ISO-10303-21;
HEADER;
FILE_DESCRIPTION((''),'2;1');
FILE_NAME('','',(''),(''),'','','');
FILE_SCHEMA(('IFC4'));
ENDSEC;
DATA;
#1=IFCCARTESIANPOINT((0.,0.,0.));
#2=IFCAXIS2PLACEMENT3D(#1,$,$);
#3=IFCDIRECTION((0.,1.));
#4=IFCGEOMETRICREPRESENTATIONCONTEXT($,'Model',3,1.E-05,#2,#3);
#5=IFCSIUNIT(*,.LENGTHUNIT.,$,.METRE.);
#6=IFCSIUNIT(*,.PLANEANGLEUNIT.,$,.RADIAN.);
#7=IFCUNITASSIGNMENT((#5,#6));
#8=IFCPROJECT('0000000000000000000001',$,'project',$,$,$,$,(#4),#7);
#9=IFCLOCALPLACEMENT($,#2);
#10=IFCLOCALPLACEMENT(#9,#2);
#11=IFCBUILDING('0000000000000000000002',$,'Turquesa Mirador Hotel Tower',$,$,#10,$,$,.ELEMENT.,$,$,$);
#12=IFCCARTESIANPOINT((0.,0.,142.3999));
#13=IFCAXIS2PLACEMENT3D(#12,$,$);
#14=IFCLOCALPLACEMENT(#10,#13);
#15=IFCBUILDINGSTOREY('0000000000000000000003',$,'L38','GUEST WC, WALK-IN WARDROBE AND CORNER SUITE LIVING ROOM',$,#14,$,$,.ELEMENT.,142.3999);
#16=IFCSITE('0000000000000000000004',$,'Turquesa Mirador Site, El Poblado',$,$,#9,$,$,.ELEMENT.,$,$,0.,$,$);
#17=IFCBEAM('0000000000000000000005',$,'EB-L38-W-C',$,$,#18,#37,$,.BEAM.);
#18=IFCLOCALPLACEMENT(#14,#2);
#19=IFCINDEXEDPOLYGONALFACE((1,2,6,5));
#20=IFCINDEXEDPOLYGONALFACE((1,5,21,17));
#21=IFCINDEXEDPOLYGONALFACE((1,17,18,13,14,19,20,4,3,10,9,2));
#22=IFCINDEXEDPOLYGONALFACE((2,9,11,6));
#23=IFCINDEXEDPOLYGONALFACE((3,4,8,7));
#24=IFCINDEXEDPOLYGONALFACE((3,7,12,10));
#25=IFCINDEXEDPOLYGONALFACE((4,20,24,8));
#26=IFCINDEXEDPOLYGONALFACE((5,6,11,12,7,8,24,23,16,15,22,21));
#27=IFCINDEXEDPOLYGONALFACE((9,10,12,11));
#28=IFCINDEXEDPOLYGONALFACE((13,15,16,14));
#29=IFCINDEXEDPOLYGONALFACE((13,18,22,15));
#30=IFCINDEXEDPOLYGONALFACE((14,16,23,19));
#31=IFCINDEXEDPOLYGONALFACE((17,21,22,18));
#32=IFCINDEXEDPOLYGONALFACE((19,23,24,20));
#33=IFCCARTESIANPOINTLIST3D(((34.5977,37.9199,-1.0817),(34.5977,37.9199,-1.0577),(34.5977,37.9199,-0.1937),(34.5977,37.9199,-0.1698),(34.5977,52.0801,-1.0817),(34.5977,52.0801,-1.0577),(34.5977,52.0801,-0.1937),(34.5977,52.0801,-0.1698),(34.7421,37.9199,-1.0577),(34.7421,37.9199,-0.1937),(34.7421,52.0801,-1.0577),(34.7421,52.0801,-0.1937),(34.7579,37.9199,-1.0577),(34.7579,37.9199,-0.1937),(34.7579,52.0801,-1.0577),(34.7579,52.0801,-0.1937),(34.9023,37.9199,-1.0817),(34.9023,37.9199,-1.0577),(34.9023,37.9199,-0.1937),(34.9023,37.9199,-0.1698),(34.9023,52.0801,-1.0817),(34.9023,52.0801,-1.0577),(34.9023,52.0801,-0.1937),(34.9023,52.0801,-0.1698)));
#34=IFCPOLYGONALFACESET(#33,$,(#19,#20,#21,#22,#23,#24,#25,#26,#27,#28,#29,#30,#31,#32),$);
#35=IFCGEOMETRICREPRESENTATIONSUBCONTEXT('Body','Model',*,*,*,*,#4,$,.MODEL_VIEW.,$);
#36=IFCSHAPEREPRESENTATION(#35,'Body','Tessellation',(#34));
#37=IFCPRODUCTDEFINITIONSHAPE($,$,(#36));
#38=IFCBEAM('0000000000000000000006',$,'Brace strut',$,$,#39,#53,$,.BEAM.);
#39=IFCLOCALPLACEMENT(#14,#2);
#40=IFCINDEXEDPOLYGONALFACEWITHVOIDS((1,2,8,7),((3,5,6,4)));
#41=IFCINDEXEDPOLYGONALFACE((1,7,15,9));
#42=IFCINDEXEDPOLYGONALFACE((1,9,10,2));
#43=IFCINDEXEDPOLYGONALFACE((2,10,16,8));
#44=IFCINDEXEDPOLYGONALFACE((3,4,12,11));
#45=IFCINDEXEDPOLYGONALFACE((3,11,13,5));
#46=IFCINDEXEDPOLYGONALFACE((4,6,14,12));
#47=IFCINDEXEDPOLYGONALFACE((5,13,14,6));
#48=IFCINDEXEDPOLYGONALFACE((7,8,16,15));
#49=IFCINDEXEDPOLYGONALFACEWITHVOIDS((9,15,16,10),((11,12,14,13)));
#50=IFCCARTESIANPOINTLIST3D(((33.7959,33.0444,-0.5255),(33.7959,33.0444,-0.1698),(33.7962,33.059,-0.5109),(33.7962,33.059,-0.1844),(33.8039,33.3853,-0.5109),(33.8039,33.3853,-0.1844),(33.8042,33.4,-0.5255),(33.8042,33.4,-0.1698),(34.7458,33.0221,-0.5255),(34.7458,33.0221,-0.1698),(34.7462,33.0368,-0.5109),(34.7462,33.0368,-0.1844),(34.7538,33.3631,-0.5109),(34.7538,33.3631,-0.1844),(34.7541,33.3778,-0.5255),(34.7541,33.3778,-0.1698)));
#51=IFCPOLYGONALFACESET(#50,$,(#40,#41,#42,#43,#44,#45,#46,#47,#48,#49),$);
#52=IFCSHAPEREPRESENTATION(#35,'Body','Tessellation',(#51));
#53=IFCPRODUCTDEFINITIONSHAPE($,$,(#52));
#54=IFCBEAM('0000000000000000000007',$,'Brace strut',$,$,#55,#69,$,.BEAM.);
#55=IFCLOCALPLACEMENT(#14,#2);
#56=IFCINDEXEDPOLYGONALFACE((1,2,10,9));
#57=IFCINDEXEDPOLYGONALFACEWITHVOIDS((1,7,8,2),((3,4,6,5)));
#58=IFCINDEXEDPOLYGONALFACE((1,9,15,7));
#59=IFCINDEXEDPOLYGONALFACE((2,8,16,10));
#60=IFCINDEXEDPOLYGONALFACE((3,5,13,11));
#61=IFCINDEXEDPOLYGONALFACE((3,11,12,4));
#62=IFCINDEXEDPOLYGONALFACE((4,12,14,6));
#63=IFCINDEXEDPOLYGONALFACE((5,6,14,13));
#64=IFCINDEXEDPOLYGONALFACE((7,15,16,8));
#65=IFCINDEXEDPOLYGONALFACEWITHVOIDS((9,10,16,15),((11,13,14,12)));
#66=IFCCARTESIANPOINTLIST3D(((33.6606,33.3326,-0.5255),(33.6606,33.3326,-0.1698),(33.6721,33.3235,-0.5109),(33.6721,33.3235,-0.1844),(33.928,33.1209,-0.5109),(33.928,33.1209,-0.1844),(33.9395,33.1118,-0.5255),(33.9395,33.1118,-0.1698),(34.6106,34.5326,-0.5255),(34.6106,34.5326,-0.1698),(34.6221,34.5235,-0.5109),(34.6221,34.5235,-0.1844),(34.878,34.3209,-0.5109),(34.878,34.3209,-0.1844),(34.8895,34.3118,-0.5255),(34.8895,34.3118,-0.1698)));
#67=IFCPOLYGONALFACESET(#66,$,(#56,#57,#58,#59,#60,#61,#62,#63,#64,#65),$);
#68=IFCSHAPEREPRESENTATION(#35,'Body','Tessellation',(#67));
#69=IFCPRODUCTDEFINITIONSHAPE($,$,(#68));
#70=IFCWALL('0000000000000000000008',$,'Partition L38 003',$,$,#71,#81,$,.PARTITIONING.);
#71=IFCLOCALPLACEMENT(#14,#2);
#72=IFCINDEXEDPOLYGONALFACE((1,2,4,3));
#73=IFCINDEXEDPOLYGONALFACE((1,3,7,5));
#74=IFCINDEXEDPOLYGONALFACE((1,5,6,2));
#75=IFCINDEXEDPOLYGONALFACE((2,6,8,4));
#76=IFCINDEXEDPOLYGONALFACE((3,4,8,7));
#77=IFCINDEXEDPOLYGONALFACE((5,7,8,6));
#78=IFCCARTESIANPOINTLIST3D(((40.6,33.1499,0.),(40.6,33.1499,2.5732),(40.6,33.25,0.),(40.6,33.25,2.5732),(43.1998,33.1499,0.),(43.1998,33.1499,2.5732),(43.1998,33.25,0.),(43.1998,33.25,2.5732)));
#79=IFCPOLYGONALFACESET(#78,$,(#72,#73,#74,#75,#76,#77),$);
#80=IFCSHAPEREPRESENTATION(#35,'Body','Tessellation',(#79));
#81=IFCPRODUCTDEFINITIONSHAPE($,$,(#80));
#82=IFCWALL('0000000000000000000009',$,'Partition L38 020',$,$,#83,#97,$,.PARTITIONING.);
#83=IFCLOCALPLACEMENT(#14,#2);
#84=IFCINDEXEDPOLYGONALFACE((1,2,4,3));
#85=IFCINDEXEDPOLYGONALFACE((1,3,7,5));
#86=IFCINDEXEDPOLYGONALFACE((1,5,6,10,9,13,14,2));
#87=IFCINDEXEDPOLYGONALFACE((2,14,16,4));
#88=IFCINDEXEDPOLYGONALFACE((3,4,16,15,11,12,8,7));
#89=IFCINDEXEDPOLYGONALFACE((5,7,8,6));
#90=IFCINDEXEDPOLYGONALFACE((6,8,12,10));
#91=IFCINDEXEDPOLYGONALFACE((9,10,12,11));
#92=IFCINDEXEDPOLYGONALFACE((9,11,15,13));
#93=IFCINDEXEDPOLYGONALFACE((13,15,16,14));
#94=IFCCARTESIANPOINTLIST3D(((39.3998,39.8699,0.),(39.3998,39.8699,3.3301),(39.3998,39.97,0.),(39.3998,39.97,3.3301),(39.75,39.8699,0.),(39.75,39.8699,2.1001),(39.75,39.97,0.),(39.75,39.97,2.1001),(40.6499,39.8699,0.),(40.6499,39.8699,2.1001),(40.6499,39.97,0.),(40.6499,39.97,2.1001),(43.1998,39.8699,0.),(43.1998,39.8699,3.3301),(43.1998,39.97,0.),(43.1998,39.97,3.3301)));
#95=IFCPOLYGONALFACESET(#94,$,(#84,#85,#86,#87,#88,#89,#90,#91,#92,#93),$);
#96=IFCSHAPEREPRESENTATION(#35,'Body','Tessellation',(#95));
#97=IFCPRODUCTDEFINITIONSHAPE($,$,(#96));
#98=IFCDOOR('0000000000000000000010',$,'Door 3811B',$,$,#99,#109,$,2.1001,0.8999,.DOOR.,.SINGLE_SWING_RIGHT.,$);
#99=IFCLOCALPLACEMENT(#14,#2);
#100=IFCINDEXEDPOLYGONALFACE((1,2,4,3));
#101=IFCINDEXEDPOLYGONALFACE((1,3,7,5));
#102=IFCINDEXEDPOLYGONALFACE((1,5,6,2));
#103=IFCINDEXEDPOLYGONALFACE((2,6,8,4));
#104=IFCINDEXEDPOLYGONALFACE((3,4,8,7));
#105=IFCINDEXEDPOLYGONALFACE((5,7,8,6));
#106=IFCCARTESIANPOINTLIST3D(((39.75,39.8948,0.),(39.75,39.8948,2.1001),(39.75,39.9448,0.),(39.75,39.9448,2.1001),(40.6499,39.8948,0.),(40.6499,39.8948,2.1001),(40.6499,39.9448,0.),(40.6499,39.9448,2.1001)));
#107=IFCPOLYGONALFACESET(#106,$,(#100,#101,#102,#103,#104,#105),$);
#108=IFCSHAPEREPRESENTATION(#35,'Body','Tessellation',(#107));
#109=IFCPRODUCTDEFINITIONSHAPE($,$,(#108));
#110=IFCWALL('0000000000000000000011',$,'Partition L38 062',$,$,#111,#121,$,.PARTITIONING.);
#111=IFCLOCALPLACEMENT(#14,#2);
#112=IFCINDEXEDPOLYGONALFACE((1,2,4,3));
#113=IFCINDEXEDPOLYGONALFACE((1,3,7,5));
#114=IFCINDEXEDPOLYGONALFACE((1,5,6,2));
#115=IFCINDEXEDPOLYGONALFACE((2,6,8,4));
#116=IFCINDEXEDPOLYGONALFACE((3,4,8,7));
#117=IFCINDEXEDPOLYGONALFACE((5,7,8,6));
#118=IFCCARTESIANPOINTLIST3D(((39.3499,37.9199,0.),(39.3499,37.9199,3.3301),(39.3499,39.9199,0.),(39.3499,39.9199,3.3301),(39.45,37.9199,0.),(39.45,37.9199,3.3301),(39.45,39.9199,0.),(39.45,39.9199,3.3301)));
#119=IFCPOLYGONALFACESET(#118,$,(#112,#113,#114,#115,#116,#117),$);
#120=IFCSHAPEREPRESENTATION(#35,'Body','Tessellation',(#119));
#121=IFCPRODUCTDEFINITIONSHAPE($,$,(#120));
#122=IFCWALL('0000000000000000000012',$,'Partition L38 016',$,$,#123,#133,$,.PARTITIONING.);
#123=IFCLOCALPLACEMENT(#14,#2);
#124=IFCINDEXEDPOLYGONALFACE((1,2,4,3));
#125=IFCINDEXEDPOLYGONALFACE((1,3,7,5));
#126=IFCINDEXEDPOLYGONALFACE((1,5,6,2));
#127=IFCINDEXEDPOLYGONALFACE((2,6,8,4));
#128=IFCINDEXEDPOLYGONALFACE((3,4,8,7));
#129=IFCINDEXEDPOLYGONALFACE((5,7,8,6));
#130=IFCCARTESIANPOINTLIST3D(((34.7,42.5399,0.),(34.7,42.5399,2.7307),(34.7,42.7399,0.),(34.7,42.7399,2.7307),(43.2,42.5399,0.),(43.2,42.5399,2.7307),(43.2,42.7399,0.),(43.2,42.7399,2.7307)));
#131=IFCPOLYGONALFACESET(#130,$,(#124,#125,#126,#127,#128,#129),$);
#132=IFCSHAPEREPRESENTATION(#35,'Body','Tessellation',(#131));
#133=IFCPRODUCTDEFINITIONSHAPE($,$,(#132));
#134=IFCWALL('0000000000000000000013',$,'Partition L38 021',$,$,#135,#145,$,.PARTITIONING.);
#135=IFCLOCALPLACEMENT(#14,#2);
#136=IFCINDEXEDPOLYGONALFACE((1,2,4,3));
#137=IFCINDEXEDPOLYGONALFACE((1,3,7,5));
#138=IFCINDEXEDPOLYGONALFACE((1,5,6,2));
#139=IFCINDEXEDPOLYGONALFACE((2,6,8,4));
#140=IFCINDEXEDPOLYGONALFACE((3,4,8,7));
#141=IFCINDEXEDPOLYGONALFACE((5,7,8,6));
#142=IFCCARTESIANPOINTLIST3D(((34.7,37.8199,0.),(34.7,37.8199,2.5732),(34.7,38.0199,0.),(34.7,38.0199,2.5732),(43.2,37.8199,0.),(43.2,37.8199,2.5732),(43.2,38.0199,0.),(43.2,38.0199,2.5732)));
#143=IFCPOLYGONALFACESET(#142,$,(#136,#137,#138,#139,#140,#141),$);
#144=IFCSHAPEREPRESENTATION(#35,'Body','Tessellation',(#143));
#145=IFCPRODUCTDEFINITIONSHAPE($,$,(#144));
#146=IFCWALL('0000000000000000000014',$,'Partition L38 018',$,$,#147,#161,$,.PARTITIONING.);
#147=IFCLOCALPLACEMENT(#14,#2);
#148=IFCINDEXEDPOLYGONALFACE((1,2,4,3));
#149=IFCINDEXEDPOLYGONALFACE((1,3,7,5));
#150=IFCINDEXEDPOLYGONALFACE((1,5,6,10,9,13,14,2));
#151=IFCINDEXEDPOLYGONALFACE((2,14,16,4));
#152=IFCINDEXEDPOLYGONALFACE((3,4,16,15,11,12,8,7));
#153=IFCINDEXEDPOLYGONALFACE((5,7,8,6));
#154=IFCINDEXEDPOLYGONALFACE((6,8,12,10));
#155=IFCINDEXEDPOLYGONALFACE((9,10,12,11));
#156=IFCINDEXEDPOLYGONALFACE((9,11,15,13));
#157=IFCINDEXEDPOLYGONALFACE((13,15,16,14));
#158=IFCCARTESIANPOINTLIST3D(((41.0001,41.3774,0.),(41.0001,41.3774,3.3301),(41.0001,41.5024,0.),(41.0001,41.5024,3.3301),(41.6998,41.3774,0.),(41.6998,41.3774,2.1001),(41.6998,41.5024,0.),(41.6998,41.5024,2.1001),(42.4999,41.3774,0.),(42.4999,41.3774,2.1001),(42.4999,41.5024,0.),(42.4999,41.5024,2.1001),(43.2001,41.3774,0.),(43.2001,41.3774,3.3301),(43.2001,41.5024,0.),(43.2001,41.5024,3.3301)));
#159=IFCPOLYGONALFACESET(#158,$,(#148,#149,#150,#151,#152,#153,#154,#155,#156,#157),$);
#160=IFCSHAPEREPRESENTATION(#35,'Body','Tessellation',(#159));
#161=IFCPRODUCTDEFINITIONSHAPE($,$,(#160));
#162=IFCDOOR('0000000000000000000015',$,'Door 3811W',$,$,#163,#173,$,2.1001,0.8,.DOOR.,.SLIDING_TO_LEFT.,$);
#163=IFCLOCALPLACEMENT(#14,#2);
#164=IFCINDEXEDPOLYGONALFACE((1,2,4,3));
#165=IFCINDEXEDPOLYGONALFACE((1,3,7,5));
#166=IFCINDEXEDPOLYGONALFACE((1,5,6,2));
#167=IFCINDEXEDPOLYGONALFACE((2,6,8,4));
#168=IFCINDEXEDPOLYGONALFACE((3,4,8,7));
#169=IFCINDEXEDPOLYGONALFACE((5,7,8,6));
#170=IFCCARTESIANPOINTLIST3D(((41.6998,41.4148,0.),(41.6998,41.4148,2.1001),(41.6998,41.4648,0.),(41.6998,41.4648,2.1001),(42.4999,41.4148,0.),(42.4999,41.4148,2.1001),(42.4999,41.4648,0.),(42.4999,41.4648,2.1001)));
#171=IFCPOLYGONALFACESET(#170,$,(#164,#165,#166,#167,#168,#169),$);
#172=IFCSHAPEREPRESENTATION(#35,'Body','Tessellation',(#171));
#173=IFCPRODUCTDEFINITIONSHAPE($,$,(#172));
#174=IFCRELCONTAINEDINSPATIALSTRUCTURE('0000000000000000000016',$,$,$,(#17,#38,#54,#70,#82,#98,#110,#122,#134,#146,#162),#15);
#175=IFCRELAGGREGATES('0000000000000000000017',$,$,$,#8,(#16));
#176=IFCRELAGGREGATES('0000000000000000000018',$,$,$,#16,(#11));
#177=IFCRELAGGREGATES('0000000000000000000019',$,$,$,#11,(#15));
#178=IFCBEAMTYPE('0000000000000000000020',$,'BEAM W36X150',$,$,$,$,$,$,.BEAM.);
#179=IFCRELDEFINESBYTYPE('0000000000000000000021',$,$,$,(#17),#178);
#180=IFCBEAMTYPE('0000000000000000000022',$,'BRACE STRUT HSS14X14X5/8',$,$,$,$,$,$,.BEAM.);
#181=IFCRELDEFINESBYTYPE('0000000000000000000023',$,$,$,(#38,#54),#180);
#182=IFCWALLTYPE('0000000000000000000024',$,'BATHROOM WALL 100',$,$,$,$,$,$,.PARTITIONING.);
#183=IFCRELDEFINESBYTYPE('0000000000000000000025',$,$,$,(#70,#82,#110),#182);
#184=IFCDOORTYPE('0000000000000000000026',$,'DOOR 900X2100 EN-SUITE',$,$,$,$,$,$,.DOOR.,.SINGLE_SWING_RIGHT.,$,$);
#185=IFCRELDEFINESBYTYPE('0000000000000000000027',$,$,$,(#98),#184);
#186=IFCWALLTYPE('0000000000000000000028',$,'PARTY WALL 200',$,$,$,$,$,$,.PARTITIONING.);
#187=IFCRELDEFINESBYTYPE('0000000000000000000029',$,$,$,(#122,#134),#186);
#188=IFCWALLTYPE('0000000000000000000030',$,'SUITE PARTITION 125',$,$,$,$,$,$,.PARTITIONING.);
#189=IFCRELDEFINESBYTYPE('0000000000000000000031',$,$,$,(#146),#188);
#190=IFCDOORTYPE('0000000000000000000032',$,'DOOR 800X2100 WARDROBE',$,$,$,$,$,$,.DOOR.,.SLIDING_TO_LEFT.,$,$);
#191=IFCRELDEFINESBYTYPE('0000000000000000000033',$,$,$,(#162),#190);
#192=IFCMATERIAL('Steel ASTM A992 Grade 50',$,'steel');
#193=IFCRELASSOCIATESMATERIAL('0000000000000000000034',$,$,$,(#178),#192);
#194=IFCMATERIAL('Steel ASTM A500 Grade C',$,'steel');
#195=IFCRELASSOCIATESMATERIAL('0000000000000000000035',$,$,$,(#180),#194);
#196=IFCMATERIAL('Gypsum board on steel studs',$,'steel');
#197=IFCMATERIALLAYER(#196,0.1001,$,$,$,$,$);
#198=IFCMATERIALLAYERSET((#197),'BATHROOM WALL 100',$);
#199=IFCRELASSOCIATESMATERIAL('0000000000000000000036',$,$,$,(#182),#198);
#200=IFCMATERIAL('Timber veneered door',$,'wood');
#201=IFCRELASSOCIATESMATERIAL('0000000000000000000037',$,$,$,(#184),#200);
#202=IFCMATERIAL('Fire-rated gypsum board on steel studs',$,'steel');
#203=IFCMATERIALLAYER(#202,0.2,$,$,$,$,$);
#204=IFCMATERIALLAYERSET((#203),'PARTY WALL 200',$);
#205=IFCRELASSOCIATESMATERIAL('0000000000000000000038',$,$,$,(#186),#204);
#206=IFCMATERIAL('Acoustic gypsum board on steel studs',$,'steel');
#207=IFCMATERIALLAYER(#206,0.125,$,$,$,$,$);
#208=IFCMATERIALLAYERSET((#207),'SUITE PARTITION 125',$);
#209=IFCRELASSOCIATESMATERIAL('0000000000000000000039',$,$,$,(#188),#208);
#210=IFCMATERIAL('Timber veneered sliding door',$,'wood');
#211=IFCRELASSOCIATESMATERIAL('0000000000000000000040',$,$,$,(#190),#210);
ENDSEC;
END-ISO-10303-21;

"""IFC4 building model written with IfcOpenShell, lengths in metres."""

from ifc_helpers import new_model, si_unit, direction, frame, frame_2d, origin, origin_2d, place, context, subcontext, project, spatial, rectangle, hollow_rectangle, i_section, extrude, material, layer, layer_set, material_profile, profile_set, type_object, element, fill, save


model = new_model("IFC4")

# Units and contexts
model_context = context("Model", 3, precision=1e-05, world=origin(), true_north=direction((0.0, 1.0)))
body_context = subcontext(model_context, "Body", "Model", "MODEL_VIEW")
ifc_project = project(units=[si_unit("LENGTHUNIT", "METRE"), si_unit("PLANEANGLEUNIT", "RADIAN")], contexts=[model_context])

# Site, building, storey
site_placement = place(None, origin())
site = spatial("IfcSite", under=ifc_project, at=site_placement, Name="Turquesa Mirador Site, El Poblado", CompositionType="ELEMENT", RefElevation=0.0)
building_placement = place(site_placement, origin())
building = spatial("IfcBuilding", under=site, at=building_placement, Name="Turquesa Mirador Hotel Tower", CompositionType="ELEMENT")
storey_placement = place(building_placement, frame((0.0, 0.0, 142.3999)))
storey = spatial("IfcBuildingStorey", under=building, at=storey_placement, Name="L38", Description="GUEST WC, WALK-IN WARDROBE AND CORNER SUITE LIVING ROOM", CompositionType="ELEMENT", Elevation=142.3999)

# Beams
ifc_material_1 = material(Name="Steel ASTM A992 Grade 50", Category="steel")
ifc_material_profile_1 = material_profile(ifc_material_1, i_section(OverallWidth=0.3047, OverallDepth=0.9119, WebThickness=0.0159, FlangeThickness=0.0239, at=origin_2d()), Name="W36X150")
ifc_profile_set_1 = profile_set([ifc_material_profile_1], Name="Steel ASTM A992 Grade 50")
beam_type_1 = type_object("IfcBeamType", Name="BEAM W36X150", PredefinedType="BEAM", material=ifc_profile_set_1)
beam_1_placement = place(storey_placement, frame((34.75, 37.9199, -0.6257), z_axis=(0.0, 1.0, 0.0), x_axis=(-1.0, 0.0, 0.0)))
element("IfcBeam", 1, at=beam_1_placement, inside=storey, type_object=beam_type_1, Name="EB-L38-W-C", PredefinedType="BEAM", context=body_context, shape_type="SweptSolid", body=[
    extrude(i_section(OverallWidth=0.3047, OverallDepth=0.9119, WebThickness=0.0159, FlangeThickness=0.0239, at=origin_2d()), origin(), (0.0, 0.0, 1.0), 14.1602),
])
ifc_material_2 = material(Name="Steel ASTM A500 Grade C", Category="steel")
ifc_material_profile_2 = material_profile(ifc_material_2, hollow_rectangle(XDim=0.3557, YDim=0.3557, WallThickness=0.0146, at=origin_2d()), Name="HSS14X14X5/8")
ifc_profile_set_2 = profile_set([ifc_material_profile_2], Name="Steel ASTM A500 Grade C")
beam_type_2 = type_object("IfcBeamType", Name="BRACE STRUT HSS14X14X5/8", PredefinedType="BEAM", material=ifc_profile_set_2)
beam_2_placement = place(storey_placement, frame((33.8, 33.2222, -0.3477), z_axis=(0.999727, -0.023381, 0.0), x_axis=(0.023381, 0.999727, 0.0)))
element("IfcBeam", 2, at=beam_2_placement, inside=storey, type_object=beam_type_2, Name="Brace strut", PredefinedType="BEAM", context=body_context, shape_type="SweptSolid", body=[
    extrude(hollow_rectangle(XDim=0.3557, YDim=0.3557, WallThickness=0.0146, at=origin_2d()), origin(), (0.0, 0.0, 1.0), 0.9502),
])
beam_3_placement = place(storey_placement, frame((33.8, 33.2222, -0.3477), z_axis=(0.620699, 0.784049, 0.0), x_axis=(-0.784049, 0.620699, 0.0)))
element("IfcBeam", 3, at=beam_3_placement, inside=storey, type_object=beam_type_2, Name="Brace strut", PredefinedType="BEAM", context=body_context, shape_type="SweptSolid", body=[
    extrude(hollow_rectangle(XDim=0.3557, YDim=0.3557, WallThickness=0.0146, at=origin_2d()), origin(), (0.0, 0.0, 1.0), 1.5305),
])

# Wall
ifc_material_3 = material(Name="Gypsum board on steel studs", Category="steel")
ifc_layer_1 = layer(ifc_material_3, 0.1001)
ifc_layer_set_1 = layer_set([ifc_layer_1], Name="BATHROOM WALL 100")
wall_type_1 = type_object("IfcWallType", Name="BATHROOM WALL 100", PredefinedType="PARTITIONING", material=ifc_layer_set_1)
wall_1_placement = place(storey_placement, frame((40.6001, 33.2, 0.0), z_axis=(0.0, 0.0, 1.0), x_axis=(1.0, 0.0, 0.0)))
element("IfcWall", 4, at=wall_1_placement, inside=storey, type_object=wall_type_1, Name="Partition L38 003", PredefinedType="PARTITIONING", context=body_context, shape_type="SweptSolid", body=[
    extrude(rectangle(XDim=2.5999, YDim=0.1001, at=frame_2d((1.2998, 0.0))), origin(), (0.0, 0.0, 1.0), 2.5732),
])

# Wall, opening, door
wall_2_placement = place(storey_placement, frame((39.3999, 39.9199, 0.0), z_axis=(0.0, 0.0, 1.0), x_axis=(1.0, 0.0, 0.0)))
wall_2 = element("IfcWall", 5, at=wall_2_placement, inside=storey, type_object=wall_type_1, Name="Partition L38 020", PredefinedType="PARTITIONING", context=body_context, shape_type="SweptSolid", body=[
    extrude(rectangle(XDim=3.8, YDim=0.1001, at=frame_2d((1.8999, 0.0))), origin(), (0.0, 0.0, 1.0), 3.3301),
])
opening_1_placement = place(wall_2_placement, frame((0.3501, 0.0, 0.0)))
opening_1 = element("IfcOpeningElement", 6, at=opening_1_placement, cuts=wall_2, PredefinedType="OPENING", context=body_context, shape_type="SweptSolid", body=[
    extrude(rectangle(XDim=0.8999, YDim=2.1001, at=frame_2d((0.45, 1.05))), frame((0.0, 0.0601, 0.0), z_axis=(0.0, -1.0, 0.0), x_axis=(1.0, 0.0, 0.0)), (0.0, 0.0, 1.0), 0.1201),
])
ifc_material_4 = material(Name="Timber veneered door", Category="wood")
door_type_1 = type_object("IfcDoorType", Name="DOOR 900X2100 EN-SUITE", OperationType="SINGLE_SWING_RIGHT", PredefinedType="DOOR", material=ifc_material_4)
door_1_placement = place(opening_1_placement, origin())
door_1 = element("IfcDoor", 7, at=door_1_placement, inside=storey, type_object=door_type_1, Name="Door 3811B", OperationType="SINGLE_SWING_RIGHT", OverallHeight=2.1001, OverallWidth=0.8999, PredefinedType="DOOR", context=body_context, shape_type="SweptSolid", body=[
    extrude(rectangle(XDim=0.8999, YDim=2.1001, at=frame_2d((0.45, 1.05))), frame((0.0, 0.0249, 0.0), z_axis=(0.0, -1.0, 0.0), x_axis=(1.0, 0.0, 0.0)), (0.0, 0.0, 1.0), 0.05),
])
fill(opening_1, door_1)

# Walls
wall_3_placement = place(storey_placement, frame((39.3999, 37.9199, 0.0), z_axis=(0.0, 0.0, 1.0), x_axis=(0.0, 1.0, 0.0)))
element("IfcWall", 8, at=wall_3_placement, inside=storey, type_object=wall_type_1, Name="Partition L38 062", PredefinedType="PARTITIONING", context=body_context, shape_type="SweptSolid", body=[
    extrude(rectangle(XDim=2.0, YDim=0.1001, at=frame_2d((1.0, 0.0))), origin(), (0.0, 0.0, 1.0), 3.3301),
])
ifc_material_5 = material(Name="Fire-rated gypsum board on steel studs", Category="steel")
ifc_layer_2 = layer(ifc_material_5, 0.2)
ifc_layer_set_2 = layer_set([ifc_layer_2], Name="PARTY WALL 200")
wall_type_2 = type_object("IfcWallType", Name="PARTY WALL 200", PredefinedType="PARTITIONING", material=ifc_layer_set_2)
wall_4_placement = place(storey_placement, frame((34.7, 42.6399, 0.0), z_axis=(0.0, 0.0, 1.0), x_axis=(1.0, 0.0, 0.0)))
element("IfcWall", 9, at=wall_4_placement, inside=storey, type_object=wall_type_2, Name="Partition L38 016", PredefinedType="PARTITIONING", context=body_context, shape_type="SweptSolid", body=[
    extrude(rectangle(XDim=8.5, YDim=0.2, at=frame_2d((4.25, 0.0))), origin(), (0.0, 0.0, 1.0), 2.7307),
])
wall_5_placement = place(storey_placement, frame((34.7, 37.9199, 0.0), z_axis=(0.0, 0.0, 1.0), x_axis=(1.0, 0.0, 0.0)))
element("IfcWall", 10, at=wall_5_placement, inside=storey, type_object=wall_type_2, Name="Partition L38 021", PredefinedType="PARTITIONING", context=body_context, shape_type="SweptSolid", body=[
    extrude(rectangle(XDim=8.5, YDim=0.2, at=frame_2d((4.25, 0.0))), origin(), (0.0, 0.0, 1.0), 2.5732),
])

# Wall, opening, door
ifc_material_6 = material(Name="Acoustic gypsum board on steel studs", Category="steel")
ifc_layer_3 = layer(ifc_material_6, 0.125)
ifc_layer_set_3 = layer_set([ifc_layer_3], Name="SUITE PARTITION 125")
wall_type_3 = type_object("IfcWallType", Name="SUITE PARTITION 125", PredefinedType="PARTITIONING", material=ifc_layer_set_3)
wall_6_placement = place(storey_placement, frame((41.0, 41.4399, 0.0), z_axis=(0.0, 0.0, 1.0), x_axis=(1.0, 0.0, 0.0)))
wall_6 = element("IfcWall", 11, at=wall_6_placement, inside=storey, type_object=wall_type_3, Name="Partition L38 018", PredefinedType="PARTITIONING", context=body_context, shape_type="SweptSolid", body=[
    extrude(rectangle(XDim=2.2, YDim=0.125, at=frame_2d((1.1001, 0.0))), origin(), (0.0, 0.0, 1.0), 3.3301),
])
opening_2_placement = place(wall_6_placement, frame((0.7, 0.0, 0.0)))
opening_2 = element("IfcOpeningElement", 12, at=opening_2_placement, cuts=wall_6, PredefinedType="OPENING", context=body_context, shape_type="SweptSolid", body=[
    extrude(rectangle(XDim=0.8, YDim=2.1001, at=frame_2d((0.3999, 1.05))), frame((0.0, 0.0725, 0.0), z_axis=(0.0, -1.0, 0.0), x_axis=(1.0, 0.0, 0.0)), (0.0, 0.0, 1.0), 0.145),
])
ifc_material_7 = material(Name="Timber veneered sliding door", Category="wood")
door_type_2 = type_object("IfcDoorType", Name="DOOR 800X2100 WARDROBE", OperationType="SLIDING_TO_LEFT", PredefinedType="DOOR", material=ifc_material_7)
door_2_placement = place(opening_2_placement, origin())
door_2 = element("IfcDoor", 13, at=door_2_placement, inside=storey, type_object=door_type_2, Name="Door 3811W", OperationType="SLIDING_TO_LEFT", OverallHeight=2.1001, OverallWidth=0.8, PredefinedType="DOOR", context=body_context, shape_type="SweptSolid", body=[
    extrude(rectangle(XDim=0.8, YDim=2.1001, at=frame_2d((0.3999, 1.05))), frame((0.0, 0.0249, 0.0), z_axis=(0.0, -1.0, 0.0), x_axis=(1.0, 0.0, 0.0)), (0.0, 0.0, 1.0), 0.05),
])
fill(opening_2, door_2)

save(model, "model.ifc")
